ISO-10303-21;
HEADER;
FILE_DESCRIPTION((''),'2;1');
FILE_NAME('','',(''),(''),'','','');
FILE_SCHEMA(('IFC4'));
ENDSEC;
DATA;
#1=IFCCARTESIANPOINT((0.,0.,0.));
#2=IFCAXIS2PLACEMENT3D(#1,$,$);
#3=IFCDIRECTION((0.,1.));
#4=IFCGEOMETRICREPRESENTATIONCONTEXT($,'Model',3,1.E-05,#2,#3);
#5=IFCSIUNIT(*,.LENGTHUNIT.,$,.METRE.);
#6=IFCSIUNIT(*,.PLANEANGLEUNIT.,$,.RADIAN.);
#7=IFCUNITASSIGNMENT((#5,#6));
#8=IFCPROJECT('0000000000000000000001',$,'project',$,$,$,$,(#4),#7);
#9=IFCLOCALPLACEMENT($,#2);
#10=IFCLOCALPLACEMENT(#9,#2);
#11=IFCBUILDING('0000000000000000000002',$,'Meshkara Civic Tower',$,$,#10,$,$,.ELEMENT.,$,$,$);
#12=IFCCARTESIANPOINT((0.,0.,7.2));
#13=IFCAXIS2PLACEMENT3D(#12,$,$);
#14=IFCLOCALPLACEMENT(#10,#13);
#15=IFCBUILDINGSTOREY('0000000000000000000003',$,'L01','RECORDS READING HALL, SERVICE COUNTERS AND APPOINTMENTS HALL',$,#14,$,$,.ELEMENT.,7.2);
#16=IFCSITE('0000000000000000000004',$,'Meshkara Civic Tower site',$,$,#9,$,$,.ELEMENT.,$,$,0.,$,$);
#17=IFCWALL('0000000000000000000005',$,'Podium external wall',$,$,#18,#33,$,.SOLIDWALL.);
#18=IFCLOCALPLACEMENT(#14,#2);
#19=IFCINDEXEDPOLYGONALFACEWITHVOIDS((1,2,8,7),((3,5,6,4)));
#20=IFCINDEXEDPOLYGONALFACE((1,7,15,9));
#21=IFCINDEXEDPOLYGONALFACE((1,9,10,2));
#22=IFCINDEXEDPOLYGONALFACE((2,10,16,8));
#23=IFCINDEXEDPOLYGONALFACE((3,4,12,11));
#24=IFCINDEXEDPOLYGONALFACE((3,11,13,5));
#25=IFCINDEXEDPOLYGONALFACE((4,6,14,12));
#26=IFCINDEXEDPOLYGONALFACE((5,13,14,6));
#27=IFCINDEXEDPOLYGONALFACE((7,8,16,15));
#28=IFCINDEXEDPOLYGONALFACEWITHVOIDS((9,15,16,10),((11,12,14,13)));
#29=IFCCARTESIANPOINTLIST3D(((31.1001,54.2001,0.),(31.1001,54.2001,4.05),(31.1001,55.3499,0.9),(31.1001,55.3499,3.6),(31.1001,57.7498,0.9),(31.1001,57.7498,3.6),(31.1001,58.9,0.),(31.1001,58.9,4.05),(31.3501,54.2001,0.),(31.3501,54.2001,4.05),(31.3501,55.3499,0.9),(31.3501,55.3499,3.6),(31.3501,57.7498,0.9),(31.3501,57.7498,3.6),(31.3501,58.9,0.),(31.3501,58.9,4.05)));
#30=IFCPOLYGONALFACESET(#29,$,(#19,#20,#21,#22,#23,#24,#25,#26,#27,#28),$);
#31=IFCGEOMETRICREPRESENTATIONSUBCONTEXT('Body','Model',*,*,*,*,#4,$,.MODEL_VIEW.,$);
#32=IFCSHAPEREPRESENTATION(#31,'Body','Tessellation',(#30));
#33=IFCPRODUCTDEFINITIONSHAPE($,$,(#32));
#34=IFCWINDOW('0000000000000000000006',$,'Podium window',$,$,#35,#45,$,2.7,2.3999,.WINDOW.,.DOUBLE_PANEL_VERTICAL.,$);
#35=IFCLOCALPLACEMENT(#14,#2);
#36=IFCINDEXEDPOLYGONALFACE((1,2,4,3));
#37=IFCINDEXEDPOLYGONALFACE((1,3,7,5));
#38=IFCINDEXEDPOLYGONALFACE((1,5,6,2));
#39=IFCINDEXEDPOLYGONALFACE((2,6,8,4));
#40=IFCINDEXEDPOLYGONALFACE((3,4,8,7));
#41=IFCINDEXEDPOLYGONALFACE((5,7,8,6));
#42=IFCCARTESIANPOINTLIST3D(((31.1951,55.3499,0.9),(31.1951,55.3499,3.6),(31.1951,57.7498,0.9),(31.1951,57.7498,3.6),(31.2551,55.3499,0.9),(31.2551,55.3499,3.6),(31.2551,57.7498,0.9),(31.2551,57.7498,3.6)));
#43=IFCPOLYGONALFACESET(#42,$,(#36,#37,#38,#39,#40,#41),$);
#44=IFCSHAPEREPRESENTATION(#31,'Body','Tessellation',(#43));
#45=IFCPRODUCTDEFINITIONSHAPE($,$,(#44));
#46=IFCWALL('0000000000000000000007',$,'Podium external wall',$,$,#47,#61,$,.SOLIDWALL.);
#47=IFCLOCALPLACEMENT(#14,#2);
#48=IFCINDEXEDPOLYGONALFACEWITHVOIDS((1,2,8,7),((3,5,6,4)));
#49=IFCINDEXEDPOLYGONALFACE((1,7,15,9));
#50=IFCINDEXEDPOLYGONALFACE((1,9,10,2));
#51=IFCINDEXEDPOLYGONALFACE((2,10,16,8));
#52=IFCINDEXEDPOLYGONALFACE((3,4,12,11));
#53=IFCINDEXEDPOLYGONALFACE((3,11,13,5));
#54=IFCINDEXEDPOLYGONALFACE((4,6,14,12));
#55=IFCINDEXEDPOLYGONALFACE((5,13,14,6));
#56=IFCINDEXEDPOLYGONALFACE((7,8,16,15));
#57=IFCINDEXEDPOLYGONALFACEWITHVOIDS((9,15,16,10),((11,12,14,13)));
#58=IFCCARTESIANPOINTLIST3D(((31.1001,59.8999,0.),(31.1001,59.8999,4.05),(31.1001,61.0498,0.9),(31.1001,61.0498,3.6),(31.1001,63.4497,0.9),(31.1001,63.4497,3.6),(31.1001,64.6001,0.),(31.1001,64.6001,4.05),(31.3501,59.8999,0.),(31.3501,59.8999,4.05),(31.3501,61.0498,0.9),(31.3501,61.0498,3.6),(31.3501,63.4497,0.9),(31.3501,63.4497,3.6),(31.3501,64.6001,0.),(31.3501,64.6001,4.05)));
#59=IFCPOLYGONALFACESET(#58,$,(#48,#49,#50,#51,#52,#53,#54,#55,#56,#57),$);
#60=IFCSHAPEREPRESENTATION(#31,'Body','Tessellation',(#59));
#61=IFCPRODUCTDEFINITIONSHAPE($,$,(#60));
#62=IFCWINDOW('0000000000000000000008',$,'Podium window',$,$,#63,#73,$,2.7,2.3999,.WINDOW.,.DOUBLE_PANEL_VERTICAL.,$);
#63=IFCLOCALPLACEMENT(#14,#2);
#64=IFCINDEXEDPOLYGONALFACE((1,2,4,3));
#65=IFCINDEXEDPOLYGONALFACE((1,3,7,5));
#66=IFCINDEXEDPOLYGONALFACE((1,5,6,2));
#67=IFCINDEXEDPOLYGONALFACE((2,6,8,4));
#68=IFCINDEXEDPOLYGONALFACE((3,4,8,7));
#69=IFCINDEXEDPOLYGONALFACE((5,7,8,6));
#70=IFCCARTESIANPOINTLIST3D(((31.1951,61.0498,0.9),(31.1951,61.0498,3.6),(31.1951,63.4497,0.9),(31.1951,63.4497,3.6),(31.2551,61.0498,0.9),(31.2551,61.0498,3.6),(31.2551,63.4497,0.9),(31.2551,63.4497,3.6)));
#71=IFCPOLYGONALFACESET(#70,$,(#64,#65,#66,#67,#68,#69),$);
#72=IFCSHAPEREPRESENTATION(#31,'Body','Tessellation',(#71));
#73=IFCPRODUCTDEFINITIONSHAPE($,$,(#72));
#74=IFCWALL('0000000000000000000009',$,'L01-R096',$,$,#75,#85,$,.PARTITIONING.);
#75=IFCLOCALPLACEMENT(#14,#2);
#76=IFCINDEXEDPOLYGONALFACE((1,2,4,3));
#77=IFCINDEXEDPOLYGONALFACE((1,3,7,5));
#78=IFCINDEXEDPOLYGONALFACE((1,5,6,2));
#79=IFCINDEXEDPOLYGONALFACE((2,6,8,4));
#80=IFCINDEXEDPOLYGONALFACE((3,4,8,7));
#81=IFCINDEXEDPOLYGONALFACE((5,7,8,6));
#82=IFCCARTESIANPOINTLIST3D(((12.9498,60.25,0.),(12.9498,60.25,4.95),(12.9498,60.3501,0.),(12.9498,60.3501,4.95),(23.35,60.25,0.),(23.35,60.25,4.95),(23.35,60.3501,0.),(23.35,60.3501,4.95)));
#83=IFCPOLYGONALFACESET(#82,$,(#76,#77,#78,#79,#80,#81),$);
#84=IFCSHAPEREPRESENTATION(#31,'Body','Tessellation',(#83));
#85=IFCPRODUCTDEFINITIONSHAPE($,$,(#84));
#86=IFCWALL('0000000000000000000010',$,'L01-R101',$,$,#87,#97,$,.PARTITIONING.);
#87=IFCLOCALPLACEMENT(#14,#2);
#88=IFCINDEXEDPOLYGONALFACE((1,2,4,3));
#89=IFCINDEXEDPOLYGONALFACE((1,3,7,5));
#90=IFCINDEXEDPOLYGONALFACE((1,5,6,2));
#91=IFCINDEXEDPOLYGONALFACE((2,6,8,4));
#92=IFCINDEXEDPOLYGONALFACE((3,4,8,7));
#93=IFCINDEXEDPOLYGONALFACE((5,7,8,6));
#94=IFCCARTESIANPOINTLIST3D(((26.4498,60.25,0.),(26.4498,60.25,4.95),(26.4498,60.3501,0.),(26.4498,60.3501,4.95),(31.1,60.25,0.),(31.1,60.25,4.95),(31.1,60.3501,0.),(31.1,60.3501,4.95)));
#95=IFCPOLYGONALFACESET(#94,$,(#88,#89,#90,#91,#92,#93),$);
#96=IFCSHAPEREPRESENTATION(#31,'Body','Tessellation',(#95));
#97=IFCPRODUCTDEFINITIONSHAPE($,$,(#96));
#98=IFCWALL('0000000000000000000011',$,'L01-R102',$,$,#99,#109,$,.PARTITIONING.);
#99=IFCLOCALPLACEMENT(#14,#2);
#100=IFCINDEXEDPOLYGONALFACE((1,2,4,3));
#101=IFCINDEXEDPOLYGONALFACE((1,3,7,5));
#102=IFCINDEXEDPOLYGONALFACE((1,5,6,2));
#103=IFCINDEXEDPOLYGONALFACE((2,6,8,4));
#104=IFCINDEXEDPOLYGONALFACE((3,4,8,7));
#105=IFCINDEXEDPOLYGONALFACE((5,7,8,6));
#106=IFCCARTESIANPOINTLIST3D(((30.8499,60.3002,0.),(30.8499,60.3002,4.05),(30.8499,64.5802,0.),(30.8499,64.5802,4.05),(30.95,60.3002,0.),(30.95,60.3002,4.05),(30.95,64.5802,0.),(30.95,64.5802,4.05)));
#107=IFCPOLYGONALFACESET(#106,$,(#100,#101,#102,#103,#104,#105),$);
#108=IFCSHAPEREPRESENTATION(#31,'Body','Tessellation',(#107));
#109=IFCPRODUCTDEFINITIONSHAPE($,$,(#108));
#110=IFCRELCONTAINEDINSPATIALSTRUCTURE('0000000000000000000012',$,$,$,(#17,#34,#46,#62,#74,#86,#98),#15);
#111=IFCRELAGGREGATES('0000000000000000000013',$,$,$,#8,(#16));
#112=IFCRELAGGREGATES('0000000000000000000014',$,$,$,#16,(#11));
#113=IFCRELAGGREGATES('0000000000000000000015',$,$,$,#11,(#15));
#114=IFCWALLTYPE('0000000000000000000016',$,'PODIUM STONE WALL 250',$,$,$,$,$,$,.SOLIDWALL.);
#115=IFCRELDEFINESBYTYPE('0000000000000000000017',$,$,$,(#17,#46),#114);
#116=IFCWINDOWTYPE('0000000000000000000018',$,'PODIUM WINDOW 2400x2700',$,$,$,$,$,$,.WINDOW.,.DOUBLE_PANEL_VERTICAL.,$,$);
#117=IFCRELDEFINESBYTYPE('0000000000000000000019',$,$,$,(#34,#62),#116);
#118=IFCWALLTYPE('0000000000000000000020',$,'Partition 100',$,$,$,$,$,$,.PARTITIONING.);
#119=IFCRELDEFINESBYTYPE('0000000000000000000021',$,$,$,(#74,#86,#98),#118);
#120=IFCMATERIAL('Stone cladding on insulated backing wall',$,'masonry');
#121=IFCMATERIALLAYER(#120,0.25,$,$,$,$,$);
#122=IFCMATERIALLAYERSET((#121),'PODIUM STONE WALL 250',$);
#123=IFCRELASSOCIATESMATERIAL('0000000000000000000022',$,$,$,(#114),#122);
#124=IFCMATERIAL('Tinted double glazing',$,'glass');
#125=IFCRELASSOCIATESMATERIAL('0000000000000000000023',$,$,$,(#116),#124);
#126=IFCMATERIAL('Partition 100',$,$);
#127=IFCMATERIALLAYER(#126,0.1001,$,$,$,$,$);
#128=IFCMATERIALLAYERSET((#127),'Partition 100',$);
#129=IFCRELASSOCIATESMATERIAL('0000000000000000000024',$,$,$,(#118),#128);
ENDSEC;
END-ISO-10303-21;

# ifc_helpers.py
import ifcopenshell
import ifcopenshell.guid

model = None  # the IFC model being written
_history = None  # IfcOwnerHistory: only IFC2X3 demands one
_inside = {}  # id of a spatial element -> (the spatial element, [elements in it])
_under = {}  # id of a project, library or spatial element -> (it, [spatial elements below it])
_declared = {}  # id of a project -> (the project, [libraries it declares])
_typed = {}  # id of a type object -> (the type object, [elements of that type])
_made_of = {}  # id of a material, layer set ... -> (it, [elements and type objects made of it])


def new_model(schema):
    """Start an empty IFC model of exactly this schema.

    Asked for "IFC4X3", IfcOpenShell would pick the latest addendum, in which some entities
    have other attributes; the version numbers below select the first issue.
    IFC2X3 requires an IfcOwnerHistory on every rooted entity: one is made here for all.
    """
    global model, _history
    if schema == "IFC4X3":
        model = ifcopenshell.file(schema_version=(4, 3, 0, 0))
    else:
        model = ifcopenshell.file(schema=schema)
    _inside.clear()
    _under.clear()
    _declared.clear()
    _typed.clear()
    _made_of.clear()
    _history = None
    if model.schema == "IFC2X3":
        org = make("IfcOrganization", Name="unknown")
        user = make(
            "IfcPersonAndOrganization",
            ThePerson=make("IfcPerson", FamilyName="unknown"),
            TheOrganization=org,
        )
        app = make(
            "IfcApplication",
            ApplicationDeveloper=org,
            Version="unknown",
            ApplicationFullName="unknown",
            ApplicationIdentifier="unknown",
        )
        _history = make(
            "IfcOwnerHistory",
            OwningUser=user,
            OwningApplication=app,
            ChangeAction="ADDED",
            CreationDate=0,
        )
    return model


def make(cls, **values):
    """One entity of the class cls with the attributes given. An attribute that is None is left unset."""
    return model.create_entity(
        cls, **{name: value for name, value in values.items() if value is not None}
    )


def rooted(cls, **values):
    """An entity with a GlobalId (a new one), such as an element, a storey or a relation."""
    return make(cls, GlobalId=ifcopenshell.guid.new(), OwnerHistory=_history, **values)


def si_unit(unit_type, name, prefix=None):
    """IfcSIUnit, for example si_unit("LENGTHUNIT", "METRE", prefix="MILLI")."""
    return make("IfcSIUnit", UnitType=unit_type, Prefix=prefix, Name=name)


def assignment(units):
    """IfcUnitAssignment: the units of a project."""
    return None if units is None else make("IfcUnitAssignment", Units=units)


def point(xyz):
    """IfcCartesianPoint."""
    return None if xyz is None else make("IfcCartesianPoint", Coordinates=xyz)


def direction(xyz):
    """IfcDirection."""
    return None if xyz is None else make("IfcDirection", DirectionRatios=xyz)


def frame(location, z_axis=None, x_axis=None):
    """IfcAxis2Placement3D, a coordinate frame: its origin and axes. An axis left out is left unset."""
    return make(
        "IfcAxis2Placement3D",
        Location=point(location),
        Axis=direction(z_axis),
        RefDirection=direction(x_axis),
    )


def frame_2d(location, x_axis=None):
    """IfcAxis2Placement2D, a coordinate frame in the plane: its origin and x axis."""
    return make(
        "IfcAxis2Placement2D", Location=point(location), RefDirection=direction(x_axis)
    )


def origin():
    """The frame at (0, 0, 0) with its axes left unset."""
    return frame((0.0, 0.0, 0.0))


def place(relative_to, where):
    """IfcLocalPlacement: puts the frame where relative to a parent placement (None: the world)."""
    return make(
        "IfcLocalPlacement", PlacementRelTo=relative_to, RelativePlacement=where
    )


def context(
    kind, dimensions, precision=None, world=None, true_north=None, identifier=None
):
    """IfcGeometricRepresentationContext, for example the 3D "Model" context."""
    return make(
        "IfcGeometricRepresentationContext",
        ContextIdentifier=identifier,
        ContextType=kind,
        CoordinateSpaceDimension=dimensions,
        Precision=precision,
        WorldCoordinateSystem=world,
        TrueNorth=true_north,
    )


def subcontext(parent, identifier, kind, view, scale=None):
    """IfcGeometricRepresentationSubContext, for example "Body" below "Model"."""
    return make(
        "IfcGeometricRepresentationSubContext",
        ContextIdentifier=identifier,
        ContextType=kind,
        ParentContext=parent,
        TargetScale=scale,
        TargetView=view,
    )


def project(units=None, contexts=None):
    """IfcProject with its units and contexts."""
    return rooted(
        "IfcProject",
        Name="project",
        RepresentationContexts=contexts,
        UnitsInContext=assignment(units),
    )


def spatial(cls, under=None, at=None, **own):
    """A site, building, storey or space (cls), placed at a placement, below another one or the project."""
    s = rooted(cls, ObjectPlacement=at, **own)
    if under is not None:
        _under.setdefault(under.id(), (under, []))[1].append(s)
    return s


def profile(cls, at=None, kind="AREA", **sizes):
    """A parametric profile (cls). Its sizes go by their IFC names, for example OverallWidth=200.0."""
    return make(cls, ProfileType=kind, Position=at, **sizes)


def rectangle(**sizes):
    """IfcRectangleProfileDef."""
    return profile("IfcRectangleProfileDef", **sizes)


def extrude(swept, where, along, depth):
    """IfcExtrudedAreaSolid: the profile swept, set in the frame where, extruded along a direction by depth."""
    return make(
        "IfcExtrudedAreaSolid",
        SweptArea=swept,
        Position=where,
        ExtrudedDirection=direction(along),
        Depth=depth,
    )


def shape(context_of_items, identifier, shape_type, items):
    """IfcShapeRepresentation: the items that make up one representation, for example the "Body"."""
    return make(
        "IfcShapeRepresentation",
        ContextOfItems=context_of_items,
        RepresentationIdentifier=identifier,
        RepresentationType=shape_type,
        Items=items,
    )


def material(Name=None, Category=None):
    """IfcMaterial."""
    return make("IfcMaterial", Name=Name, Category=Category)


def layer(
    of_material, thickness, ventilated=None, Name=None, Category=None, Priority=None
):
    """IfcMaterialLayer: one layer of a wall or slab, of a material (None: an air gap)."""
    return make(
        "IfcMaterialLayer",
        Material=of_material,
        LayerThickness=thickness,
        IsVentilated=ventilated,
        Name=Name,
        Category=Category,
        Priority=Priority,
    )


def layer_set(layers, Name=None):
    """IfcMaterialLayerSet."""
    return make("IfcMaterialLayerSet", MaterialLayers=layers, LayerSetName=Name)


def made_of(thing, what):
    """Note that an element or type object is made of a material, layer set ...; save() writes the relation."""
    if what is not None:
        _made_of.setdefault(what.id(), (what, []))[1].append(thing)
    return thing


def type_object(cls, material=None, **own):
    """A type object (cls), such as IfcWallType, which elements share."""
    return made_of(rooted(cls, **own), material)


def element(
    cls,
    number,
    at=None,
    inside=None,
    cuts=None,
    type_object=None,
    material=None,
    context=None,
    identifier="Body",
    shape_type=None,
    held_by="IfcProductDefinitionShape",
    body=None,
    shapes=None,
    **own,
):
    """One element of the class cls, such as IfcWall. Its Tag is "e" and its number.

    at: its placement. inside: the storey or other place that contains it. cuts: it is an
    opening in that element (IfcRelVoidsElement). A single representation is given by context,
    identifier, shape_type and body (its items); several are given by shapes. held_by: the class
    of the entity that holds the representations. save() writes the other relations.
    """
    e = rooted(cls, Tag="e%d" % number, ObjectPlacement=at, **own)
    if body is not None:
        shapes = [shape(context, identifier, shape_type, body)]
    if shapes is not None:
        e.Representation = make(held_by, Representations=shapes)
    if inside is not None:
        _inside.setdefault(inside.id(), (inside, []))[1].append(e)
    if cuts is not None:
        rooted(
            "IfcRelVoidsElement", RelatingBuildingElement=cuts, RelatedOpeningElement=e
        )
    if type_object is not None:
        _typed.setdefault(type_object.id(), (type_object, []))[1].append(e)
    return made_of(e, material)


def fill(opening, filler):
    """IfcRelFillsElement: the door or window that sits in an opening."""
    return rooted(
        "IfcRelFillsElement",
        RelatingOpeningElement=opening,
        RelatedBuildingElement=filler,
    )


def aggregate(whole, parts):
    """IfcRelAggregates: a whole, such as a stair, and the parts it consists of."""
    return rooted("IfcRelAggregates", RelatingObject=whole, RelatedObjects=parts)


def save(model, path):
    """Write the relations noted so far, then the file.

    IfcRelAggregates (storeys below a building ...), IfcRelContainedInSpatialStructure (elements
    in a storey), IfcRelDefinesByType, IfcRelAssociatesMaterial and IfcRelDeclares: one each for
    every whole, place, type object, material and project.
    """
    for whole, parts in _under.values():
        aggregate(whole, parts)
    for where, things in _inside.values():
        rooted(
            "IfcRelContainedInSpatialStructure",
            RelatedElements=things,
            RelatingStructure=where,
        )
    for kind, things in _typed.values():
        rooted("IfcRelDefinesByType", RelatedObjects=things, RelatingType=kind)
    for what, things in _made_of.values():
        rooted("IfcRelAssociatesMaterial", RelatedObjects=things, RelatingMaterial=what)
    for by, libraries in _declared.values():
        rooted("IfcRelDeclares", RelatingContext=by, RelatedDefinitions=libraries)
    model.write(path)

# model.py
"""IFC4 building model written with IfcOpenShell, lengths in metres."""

from ifc_helpers import new_model, si_unit, direction, frame, frame_2d, origin, place, context, subcontext, project, spatial, rectangle, extrude, material, layer, layer_set, type_object, element, fill, save


model = new_model("IFC4")

# Units and contexts
model_context = context("Model", 3, precision=1e-05, world=origin(), true_north=direction((0.0, 1.0)))
body_context = subcontext(model_context, "Body", "Model", "MODEL_VIEW")
ifc_project = project(units=[si_unit("LENGTHUNIT", "METRE"), si_unit("PLANEANGLEUNIT", "RADIAN")], contexts=[model_context])

# Site, building, storey
site_placement = place(None, origin())
site = spatial("IfcSite", under=ifc_project, at=site_placement, Name="Meshkara Civic Tower site", CompositionType="ELEMENT", RefElevation=0.0)
building_placement = place(site_placement, origin())
building = spatial("IfcBuilding", under=site, at=building_placement, Name="Meshkara Civic Tower", CompositionType="ELEMENT")
storey_placement = place(building_placement, frame((0.0, 0.0, 7.2)))
storey = spatial("IfcBuildingStorey", under=building, at=storey_placement, Name="L01", Description="RECORDS READING HALL, SERVICE COUNTERS AND APPOINTMENTS HALL", CompositionType="ELEMENT", Elevation=7.2)

# Walls, openings, windows
ifc_material_1 = material(Name="Stone cladding on insulated backing wall", Category="masonry")
ifc_layer_1 = layer(ifc_material_1, 0.25)
ifc_layer_set_1 = layer_set([ifc_layer_1], Name="PODIUM STONE WALL 250")
wall_type_1 = type_object("IfcWallType", Name="PODIUM STONE WALL 250", PredefinedType="SOLIDWALL", material=ifc_layer_set_1)
wall_1_placement = place(storey_placement, frame((31.2251, 54.2, 0.0), z_axis=(0.0, 0.0, 1.0), x_axis=(0.0, 1.0, 0.0)))
wall_1 = element("IfcWall", 1, at=wall_1_placement, inside=storey, type_object=wall_type_1, Name="Podium external wall", PredefinedType="SOLIDWALL", context=body_context, shape_type="SweptSolid", body=[
    extrude(rectangle(XDim=4.7, YDim=0.25, at=frame_2d((2.3501, 0.0))), origin(), (0.0, 0.0, 1.0), 4.05),
])
opening_1_placement = place(wall_1_placement, frame((1.1499, 0.0, 0.8999)))
opening_1 = element("IfcOpeningElement", 2, at=opening_1_placement, cuts=wall_1, PredefinedType="OPENING", context=body_context, shape_type="SweptSolid", body=[
    extrude(rectangle(XDim=2.3999, YDim=2.7, at=frame_2d((1.2, 1.3501))), frame((0.0, 0.135, 0.0), z_axis=(0.0, -1.0, 0.0), x_axis=(1.0, 0.0, 0.0)), (0.0, 0.0, 1.0), 0.27),
])
ifc_material_2 = material(Name="Tinted double glazing", Category="glass")
window_type = type_object("IfcWindowType", Name="PODIUM WINDOW 2400x2700", PartitioningType="DOUBLE_PANEL_VERTICAL", PredefinedType="WINDOW", material=ifc_material_2)
window_1_placement = place(opening_1_placement, origin())
window_1 = element("IfcWindow", 3, at=window_1_placement, inside=storey, type_object=window_type, Name="Podium window", OverallHeight=2.7, OverallWidth=2.3999, PartitioningType="DOUBLE_PANEL_VERTICAL", PredefinedType="WINDOW", context=body_context, shape_type="SweptSolid", body=[
    extrude(rectangle(XDim=2.3999, YDim=2.7, at=frame_2d((1.2, 1.3501))), frame((0.0, 0.03, 0.0), z_axis=(0.0, -1.0, 0.0), x_axis=(1.0, 0.0, 0.0)), (0.0, 0.0, 1.0), 0.0601),
])
fill(opening_1, window_1)
wall_2_placement = place(storey_placement, frame((31.2251, 59.8999, 0.0), z_axis=(0.0, 0.0, 1.0), x_axis=(0.0, 1.0, 0.0)))
wall_2 = element("IfcWall", 4, at=wall_2_placement, inside=storey, type_object=wall_type_1, Name="Podium external wall", PredefinedType="SOLIDWALL", context=body_context, shape_type="SweptSolid", body=[
    extrude(rectangle(XDim=4.7002, YDim=0.25, at=frame_2d((2.3501, 0.0))), origin(), (0.0, 0.0, 1.0), 4.05),
])
opening_2_placement = place(wall_2_placement, frame((1.1499, 0.0, 0.8999)))
opening_2 = element("IfcOpeningElement", 5, at=opening_2_placement, cuts=wall_2, PredefinedType="OPENING", context=body_context, shape_type="SweptSolid", body=[
    extrude(rectangle(XDim=2.3999, YDim=2.7, at=frame_2d((1.2, 1.3501))), frame((0.0, 0.135, 0.0), z_axis=(0.0, -1.0, 0.0), x_axis=(1.0, 0.0, 0.0)), (0.0, 0.0, 1.0), 0.27),
])
window_2_placement = place(opening_2_placement, origin())
window_2 = element("IfcWindow", 6, at=window_2_placement, inside=storey, type_object=window_type, Name="Podium window", OverallHeight=2.7, OverallWidth=2.3999, PartitioningType="DOUBLE_PANEL_VERTICAL", PredefinedType="WINDOW", context=body_context, shape_type="SweptSolid", body=[
    extrude(rectangle(XDim=2.3999, YDim=2.7, at=frame_2d((1.2, 1.3501))), frame((0.0, 0.03, 0.0), z_axis=(0.0, -1.0, 0.0), x_axis=(1.0, 0.0, 0.0)), (0.0, 0.0, 1.0), 0.0601),
])
fill(opening_2, window_2)

# Walls
ifc_material_3 = material(Name="Partition 100")
ifc_layer_2 = layer(ifc_material_3, 0.1001)
ifc_layer_set_2 = layer_set([ifc_layer_2], Name="Partition 100")
wall_type_2 = type_object("IfcWallType", Name="Partition 100", PredefinedType="PARTITIONING", material=ifc_layer_set_2)
wall_3_placement = place(storey_placement, frame((23.3501, 60.3, 0.0), z_axis=(0.0, 0.0, 1.0), x_axis=(-1.0, 0.0, 0.0)))
element("IfcWall", 7, at=wall_3_placement, inside=storey, type_object=wall_type_2, Name="L01-R096", PredefinedType="PARTITIONING", context=body_context, shape_type="SweptSolid", body=[
    extrude(rectangle(XDim=10.4001, YDim=0.1001, at=frame_2d((5.2002, 0.0))), origin(), (0.0, 0.0, 1.0), 4.95),
])
wall_4_placement = place(storey_placement, frame((31.1001, 60.3, 0.0), z_axis=(0.0, 0.0, 1.0), x_axis=(-1.0, 0.0, 0.0)))
element("IfcWall", 8, at=wall_4_placement, inside=storey, type_object=wall_type_2, Name="L01-R101", PredefinedType="PARTITIONING", context=body_context, shape_type="SweptSolid", body=[
    extrude(rectangle(XDim=4.6501, YDim=0.1001, at=frame_2d((2.3252, 0.0))), origin(), (0.0, 0.0, 1.0), 4.95),
])
wall_5_placement = place(storey_placement, frame((30.8999, 60.3, 0.0), z_axis=(0.0, 0.0, 1.0), x_axis=(0.0, 1.0, 0.0)))
element("IfcWall", 9, at=wall_5_placement, inside=storey, type_object=wall_type_2, Name="L01-R102", PredefinedType="PARTITIONING", context=body_context, shape_type="SweptSolid", body=[
    extrude(rectangle(XDim=4.28, YDim=0.1001, at=frame_2d((2.1401, 0.0))), origin(), (0.0, 0.0, 1.0), 4.05),
])

save(model, "model.ifc")
